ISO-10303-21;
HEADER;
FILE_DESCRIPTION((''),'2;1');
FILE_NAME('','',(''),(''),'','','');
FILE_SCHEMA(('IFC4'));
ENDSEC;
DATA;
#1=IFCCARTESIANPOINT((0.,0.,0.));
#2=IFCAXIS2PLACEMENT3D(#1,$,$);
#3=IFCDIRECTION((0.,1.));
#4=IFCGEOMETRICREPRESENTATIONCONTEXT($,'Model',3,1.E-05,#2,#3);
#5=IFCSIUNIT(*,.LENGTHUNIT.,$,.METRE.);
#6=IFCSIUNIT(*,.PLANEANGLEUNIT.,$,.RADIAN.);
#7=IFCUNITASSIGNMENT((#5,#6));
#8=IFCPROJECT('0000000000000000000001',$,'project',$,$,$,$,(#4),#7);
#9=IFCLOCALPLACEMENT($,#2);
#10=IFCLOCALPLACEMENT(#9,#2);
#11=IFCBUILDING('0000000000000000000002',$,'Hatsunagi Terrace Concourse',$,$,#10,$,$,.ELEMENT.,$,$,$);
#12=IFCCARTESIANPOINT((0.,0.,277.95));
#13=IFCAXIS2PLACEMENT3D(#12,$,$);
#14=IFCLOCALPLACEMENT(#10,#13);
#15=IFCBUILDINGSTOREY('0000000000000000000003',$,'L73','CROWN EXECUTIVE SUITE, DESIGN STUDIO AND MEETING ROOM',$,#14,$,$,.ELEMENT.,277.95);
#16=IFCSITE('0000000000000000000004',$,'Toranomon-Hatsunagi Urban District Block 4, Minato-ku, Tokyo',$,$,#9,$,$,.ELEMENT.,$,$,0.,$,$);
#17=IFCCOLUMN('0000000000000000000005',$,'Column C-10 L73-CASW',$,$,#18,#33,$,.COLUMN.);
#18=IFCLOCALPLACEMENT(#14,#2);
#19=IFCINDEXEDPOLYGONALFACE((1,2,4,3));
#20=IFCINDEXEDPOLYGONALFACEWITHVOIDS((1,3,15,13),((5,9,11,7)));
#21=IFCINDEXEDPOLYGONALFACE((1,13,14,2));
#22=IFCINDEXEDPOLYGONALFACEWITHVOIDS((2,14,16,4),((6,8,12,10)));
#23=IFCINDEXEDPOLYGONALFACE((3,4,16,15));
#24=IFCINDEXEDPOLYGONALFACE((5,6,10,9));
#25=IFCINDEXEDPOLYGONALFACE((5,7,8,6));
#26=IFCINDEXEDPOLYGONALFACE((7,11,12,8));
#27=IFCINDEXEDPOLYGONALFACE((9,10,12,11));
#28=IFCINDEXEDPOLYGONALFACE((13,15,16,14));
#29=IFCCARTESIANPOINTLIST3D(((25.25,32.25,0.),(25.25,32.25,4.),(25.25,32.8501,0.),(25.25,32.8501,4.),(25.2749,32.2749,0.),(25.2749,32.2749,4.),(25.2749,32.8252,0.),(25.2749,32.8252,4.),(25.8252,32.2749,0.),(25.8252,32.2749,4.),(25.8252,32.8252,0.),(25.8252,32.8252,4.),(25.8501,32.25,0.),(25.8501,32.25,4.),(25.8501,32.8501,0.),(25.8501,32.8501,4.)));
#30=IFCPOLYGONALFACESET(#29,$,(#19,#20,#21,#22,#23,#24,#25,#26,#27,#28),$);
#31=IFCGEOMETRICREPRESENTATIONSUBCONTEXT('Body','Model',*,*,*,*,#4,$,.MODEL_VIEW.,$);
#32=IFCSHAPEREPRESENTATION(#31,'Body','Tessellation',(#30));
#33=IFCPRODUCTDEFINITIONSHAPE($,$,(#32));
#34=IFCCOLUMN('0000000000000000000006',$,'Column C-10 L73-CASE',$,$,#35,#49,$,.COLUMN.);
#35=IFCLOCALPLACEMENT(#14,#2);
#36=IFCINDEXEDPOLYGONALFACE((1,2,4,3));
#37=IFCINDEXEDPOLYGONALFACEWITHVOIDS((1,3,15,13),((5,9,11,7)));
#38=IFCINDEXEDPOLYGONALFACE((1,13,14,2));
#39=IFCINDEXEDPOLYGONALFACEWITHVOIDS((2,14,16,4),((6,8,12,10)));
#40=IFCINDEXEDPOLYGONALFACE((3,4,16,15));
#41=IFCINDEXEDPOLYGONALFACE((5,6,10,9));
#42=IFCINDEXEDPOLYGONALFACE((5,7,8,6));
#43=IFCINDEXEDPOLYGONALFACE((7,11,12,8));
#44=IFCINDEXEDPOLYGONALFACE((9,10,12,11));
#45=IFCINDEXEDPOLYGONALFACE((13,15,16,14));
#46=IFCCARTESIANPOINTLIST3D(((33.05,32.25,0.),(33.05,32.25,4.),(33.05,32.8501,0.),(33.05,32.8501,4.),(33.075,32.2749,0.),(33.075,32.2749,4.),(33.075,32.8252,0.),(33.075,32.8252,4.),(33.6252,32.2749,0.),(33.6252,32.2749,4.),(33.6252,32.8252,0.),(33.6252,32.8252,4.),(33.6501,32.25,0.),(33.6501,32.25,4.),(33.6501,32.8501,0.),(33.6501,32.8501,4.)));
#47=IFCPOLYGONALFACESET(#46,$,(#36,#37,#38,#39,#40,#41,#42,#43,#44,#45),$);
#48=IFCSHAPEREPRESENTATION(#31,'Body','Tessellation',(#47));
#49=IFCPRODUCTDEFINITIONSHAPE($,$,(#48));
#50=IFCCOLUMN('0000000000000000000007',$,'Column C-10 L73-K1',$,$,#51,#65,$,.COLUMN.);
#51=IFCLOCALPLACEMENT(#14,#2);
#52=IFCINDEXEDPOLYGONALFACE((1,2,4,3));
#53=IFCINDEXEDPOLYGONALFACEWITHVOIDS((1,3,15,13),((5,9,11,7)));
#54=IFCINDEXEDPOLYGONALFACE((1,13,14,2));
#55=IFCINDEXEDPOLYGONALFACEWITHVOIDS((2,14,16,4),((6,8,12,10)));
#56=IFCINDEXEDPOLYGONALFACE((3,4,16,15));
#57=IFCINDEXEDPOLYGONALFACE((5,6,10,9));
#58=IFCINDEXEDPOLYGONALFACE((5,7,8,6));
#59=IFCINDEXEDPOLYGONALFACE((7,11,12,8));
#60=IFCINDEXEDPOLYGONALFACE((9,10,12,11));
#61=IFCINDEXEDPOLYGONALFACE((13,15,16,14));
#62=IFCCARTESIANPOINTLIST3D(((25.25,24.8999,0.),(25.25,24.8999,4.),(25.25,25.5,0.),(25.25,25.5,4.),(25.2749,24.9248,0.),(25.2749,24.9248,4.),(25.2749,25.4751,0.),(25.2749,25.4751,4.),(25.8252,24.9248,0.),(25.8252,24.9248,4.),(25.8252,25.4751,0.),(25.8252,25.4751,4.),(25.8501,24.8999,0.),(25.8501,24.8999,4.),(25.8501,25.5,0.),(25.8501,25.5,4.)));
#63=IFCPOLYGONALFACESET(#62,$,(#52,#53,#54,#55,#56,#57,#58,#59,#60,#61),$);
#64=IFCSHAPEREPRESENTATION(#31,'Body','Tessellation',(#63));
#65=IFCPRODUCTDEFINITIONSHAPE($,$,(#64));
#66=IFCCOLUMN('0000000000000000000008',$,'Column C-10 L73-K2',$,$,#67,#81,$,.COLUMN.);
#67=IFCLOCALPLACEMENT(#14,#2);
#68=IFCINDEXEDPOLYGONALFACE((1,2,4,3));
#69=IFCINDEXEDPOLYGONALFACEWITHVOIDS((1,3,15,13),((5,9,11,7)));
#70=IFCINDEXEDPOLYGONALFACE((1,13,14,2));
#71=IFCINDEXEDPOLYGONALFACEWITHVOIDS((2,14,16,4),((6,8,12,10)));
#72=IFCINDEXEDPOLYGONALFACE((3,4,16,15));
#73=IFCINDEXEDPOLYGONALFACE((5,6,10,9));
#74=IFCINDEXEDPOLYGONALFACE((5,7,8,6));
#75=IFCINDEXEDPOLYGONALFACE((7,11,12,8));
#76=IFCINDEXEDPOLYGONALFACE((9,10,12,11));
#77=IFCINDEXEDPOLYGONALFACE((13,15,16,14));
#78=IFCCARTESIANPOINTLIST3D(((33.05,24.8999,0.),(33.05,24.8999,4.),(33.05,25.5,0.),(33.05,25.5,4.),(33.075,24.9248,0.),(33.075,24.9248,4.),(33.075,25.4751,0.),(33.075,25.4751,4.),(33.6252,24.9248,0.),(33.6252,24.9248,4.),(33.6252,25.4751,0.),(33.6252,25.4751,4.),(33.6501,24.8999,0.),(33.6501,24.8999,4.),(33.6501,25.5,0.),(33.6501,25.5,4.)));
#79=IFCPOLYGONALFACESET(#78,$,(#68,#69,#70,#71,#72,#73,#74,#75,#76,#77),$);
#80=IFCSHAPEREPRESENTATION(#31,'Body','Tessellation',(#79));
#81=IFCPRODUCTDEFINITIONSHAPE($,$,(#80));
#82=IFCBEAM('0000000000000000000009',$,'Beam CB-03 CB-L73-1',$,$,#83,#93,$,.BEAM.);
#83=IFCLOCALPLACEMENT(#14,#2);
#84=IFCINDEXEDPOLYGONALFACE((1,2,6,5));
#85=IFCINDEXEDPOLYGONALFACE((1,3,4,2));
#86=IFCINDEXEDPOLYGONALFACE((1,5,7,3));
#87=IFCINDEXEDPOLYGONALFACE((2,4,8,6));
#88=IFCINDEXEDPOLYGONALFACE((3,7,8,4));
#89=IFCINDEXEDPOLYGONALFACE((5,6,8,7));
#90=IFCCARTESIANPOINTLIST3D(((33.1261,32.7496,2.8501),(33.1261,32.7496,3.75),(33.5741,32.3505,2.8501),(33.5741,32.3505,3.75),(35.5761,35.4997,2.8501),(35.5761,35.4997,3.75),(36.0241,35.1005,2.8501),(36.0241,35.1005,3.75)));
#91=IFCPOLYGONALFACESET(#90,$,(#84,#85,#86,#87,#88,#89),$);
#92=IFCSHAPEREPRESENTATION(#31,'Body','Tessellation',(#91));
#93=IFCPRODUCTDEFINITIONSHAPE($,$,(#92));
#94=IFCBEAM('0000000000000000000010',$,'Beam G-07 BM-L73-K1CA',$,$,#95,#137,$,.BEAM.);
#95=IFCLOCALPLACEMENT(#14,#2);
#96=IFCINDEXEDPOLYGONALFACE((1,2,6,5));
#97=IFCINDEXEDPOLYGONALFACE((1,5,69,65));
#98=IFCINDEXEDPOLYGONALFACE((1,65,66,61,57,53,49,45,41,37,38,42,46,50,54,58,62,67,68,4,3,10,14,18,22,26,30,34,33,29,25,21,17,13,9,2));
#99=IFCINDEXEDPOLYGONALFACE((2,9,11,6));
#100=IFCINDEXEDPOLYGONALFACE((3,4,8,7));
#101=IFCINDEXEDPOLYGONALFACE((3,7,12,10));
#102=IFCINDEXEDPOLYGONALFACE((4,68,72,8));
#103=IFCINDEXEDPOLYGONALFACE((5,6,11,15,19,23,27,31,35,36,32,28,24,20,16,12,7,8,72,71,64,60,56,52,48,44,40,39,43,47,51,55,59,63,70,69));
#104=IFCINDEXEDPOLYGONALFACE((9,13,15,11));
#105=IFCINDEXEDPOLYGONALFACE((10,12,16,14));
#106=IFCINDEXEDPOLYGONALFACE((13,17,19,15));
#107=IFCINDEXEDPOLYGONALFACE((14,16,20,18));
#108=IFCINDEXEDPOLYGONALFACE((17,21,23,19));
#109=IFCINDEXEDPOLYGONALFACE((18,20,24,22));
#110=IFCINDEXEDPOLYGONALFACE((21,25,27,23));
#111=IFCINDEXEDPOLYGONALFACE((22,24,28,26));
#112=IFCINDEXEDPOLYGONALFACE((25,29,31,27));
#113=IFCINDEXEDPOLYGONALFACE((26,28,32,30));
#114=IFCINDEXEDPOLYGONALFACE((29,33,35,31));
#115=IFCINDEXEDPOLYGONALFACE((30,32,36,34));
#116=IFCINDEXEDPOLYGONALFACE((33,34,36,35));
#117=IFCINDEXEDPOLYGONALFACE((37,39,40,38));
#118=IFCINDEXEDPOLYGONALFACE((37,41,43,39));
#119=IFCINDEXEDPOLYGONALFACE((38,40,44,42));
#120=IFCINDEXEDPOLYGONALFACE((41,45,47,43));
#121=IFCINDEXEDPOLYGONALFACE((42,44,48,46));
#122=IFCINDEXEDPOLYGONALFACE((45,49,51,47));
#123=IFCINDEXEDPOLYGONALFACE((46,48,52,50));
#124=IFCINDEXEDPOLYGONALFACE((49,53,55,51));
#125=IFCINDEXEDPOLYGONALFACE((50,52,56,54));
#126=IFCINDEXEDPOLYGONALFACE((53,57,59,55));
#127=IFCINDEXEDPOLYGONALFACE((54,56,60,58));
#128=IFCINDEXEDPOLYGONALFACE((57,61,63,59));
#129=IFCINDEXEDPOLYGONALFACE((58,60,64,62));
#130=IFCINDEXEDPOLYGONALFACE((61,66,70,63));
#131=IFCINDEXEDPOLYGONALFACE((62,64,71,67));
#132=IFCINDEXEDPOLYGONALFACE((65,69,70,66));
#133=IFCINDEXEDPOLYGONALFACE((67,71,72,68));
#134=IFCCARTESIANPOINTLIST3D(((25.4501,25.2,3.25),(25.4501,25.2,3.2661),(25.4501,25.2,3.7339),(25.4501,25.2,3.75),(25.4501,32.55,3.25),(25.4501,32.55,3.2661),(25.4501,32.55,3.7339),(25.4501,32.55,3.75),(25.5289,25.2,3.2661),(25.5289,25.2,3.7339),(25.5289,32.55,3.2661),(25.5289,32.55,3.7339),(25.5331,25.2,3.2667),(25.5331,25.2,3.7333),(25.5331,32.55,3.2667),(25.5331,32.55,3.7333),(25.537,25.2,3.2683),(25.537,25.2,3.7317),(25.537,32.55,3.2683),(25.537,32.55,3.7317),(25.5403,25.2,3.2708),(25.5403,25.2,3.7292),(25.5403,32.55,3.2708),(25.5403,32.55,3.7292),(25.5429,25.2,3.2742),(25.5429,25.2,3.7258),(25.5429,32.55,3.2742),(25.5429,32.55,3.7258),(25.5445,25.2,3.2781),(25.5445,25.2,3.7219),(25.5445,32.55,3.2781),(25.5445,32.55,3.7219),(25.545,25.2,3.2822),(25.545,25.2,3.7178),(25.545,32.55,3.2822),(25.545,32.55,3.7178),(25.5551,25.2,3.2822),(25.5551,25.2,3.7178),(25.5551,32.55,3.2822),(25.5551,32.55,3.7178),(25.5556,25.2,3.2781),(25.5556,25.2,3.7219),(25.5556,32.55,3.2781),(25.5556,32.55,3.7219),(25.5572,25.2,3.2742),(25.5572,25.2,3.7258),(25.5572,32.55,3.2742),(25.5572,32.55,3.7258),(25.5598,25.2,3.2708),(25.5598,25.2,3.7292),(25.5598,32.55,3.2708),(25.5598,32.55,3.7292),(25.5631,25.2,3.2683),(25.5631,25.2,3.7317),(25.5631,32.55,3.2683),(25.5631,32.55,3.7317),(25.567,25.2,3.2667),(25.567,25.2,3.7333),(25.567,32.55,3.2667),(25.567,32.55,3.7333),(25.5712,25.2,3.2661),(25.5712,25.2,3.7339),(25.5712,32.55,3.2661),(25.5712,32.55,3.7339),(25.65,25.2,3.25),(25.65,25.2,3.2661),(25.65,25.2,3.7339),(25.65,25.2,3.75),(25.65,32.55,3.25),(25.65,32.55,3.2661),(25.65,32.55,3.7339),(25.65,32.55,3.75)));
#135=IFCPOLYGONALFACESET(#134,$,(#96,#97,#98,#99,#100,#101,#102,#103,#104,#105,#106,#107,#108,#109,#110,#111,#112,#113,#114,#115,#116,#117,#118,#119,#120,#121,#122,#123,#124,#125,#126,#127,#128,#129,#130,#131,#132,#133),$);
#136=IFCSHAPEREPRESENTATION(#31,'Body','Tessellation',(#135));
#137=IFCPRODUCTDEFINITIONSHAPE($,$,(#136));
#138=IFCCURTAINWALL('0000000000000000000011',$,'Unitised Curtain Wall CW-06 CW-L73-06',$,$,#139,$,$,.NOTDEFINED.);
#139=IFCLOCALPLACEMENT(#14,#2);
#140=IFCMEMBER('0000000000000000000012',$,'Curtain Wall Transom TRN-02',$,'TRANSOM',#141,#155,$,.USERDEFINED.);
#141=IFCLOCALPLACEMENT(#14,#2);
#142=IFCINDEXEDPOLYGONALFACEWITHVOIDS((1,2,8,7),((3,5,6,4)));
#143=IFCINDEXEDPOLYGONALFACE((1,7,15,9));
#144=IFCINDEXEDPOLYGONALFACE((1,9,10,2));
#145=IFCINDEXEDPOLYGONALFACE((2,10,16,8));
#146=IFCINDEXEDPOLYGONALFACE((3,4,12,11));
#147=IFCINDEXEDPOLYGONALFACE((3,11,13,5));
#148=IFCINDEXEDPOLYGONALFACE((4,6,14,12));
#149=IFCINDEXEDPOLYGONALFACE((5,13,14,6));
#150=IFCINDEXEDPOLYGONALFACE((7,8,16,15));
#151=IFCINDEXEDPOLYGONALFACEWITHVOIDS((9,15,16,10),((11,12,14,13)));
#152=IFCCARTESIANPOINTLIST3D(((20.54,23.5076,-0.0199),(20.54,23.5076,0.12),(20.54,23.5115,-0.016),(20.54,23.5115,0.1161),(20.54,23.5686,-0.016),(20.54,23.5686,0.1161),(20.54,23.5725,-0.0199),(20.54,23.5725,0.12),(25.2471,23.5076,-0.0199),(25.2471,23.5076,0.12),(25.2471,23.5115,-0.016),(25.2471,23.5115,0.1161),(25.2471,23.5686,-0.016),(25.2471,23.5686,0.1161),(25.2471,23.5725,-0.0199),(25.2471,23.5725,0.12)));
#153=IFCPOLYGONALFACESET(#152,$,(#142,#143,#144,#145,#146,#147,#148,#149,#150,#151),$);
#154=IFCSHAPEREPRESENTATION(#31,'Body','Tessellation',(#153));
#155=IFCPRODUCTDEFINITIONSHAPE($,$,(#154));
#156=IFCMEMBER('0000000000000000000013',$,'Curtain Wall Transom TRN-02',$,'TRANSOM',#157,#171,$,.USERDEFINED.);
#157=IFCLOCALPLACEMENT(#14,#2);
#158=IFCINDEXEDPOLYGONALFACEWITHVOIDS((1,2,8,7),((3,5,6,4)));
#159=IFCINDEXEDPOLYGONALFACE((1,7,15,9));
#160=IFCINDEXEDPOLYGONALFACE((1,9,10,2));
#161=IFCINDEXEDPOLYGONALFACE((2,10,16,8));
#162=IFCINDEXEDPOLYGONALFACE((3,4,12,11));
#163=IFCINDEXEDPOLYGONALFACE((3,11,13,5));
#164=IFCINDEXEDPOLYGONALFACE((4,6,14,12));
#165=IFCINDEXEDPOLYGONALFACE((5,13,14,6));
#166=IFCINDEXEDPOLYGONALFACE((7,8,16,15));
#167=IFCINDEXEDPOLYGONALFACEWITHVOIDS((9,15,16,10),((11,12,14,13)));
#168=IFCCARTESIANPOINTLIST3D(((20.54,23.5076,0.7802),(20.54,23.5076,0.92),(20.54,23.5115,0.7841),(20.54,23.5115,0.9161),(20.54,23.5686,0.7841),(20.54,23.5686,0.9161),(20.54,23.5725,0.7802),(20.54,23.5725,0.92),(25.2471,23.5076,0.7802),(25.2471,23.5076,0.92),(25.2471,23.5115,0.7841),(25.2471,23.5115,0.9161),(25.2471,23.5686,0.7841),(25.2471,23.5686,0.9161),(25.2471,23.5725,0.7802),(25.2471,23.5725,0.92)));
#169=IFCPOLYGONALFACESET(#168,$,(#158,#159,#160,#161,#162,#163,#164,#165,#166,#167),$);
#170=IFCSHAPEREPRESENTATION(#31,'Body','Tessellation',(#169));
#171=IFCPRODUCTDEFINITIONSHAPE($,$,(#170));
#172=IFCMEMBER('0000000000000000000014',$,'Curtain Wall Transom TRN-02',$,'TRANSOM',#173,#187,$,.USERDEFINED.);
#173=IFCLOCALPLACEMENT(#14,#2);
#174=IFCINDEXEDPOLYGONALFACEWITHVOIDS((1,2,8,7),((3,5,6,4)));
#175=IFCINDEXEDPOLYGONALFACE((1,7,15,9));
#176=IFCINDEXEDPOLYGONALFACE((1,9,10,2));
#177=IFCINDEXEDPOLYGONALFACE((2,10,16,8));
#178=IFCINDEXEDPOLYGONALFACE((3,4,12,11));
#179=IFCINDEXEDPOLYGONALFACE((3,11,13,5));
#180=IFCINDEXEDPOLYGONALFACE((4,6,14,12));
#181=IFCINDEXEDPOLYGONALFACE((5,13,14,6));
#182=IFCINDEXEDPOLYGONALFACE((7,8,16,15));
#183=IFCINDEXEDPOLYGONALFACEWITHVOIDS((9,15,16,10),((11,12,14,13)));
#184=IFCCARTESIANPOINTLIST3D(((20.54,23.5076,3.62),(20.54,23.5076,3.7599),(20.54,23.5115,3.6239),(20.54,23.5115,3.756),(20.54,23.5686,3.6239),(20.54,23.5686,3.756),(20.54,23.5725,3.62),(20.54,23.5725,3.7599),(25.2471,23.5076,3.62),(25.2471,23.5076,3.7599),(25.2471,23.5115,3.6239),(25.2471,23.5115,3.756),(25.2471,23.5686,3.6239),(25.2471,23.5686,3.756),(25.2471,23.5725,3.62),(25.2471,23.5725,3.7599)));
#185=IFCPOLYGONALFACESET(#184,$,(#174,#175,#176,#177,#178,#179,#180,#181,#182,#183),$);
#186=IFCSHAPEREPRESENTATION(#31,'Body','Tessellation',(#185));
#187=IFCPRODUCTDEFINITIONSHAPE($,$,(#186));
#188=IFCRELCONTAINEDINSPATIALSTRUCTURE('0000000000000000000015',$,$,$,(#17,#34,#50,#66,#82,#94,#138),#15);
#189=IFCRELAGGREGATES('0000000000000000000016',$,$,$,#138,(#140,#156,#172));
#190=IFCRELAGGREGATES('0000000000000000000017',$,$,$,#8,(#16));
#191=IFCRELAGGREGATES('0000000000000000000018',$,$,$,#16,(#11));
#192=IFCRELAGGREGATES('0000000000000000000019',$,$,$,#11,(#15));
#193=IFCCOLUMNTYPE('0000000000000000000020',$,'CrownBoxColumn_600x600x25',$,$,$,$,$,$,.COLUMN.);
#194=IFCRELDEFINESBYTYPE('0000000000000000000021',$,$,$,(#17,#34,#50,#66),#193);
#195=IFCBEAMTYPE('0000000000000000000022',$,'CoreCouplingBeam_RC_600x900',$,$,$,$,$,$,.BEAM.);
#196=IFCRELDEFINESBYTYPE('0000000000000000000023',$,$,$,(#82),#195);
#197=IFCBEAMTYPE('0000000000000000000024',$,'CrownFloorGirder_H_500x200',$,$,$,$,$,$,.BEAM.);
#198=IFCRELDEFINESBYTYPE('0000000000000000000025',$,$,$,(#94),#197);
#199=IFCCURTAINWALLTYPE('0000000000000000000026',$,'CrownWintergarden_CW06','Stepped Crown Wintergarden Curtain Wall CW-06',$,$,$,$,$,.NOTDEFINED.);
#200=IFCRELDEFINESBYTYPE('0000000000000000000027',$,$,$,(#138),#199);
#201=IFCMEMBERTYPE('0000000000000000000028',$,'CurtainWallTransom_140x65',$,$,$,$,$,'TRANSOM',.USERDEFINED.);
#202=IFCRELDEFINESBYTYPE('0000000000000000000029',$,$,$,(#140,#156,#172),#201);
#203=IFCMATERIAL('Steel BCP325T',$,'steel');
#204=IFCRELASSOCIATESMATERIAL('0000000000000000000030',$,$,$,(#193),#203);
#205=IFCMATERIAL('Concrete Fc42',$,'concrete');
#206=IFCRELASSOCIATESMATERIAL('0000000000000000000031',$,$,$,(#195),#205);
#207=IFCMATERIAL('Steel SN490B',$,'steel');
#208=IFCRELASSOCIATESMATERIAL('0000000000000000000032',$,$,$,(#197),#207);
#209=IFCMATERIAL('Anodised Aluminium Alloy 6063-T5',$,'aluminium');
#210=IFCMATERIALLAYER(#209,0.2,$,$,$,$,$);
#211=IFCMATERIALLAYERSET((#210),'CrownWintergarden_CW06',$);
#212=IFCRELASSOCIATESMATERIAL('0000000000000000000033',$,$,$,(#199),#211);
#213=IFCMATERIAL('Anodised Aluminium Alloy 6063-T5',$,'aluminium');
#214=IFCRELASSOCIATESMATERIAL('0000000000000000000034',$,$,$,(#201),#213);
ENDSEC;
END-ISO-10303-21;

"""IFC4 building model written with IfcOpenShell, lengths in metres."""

from ifc_helpers import new_model, si_unit, direction, frame, origin, origin_2d, place, context, subcontext, project, spatial, rectangle, hollow_rectangle, i_section, extrude, material, layer, layer_set, material_profile, profile_set, type_object, element, aggregate, save


model = new_model("IFC4")

# Units and contexts
model_context = context("Model", 3, precision=1e-05, world=origin(), true_north=direction((0.0, 1.0)))
body_context = subcontext(model_context, "Body", "Model", "MODEL_VIEW")
ifc_project = project(units=[si_unit("LENGTHUNIT", "METRE"), si_unit("PLANEANGLEUNIT", "RADIAN")], contexts=[model_context])

# Site, building, storey
site_placement = place(None, origin())
site = spatial("IfcSite", under=ifc_project, at=site_placement, Name="Toranomon-Hatsunagi Urban District Block 4, Minato-ku, Tokyo", CompositionType="ELEMENT", RefElevation=0.0)
building_placement = place(site_placement, origin())
building = spatial("IfcBuilding", under=site, at=building_placement, Name="Hatsunagi Terrace Concourse", CompositionType="ELEMENT")
storey_placement = place(building_placement, frame((0.0, 0.0, 277.95)))
storey = spatial("IfcBuildingStorey", under=building, at=storey_placement, Name="L73", Description="CROWN EXECUTIVE SUITE, DESIGN STUDIO AND MEETING ROOM", CompositionType="ELEMENT", Elevation=277.95)

# Columns
ifc_material_1 = material(Name="Steel BCP325T", Category="steel")
ifc_material_profile_1 = material_profile(ifc_material_1, hollow_rectangle(XDim=0.6001, YDim=0.6001, WallThickness=0.0249, at=origin_2d()), Name="BCP-600x600x25")
ifc_profile_set_1 = profile_set([ifc_material_profile_1], Name="Steel BCP325T")
column_type = type_object("IfcColumnType", Name="CrownBoxColumn_600x600x25", PredefinedType="COLUMN", material=ifc_profile_set_1)
for number, where, z_axis, x_axis, name in (
    (1, (25.55, 32.55, 0.0), (0.0, 0.0, 1.0), (1.0, 0.0, 0.0), "Column C-10 L73-CASW"),
    (2, (33.3501, 32.55, 0.0), (0.0, 0.0, 1.0), (1.0, 0.0, 0.0), "Column C-10 L73-CASE"),
    (3, (25.55, 25.2, 0.0), (0.0, 0.0, 1.0), (1.0, 0.0, 0.0), "Column C-10 L73-K1"),
    (4, (33.3501, 25.2, 0.0), (0.0, 0.0, 1.0), (1.0, 0.0, 0.0), "Column C-10 L73-K2"),
):
    element("IfcColumn", number, at=place(storey_placement, frame(where, z_axis=z_axis, x_axis=x_axis)), inside=storey, type_object=column_type, Name=name, PredefinedType="COLUMN", context=body_context, shape_type="SweptSolid", body=[
        extrude(hollow_rectangle(XDim=0.6001, YDim=0.6001, WallThickness=0.0249, at=origin_2d()), origin(), (0.0, 0.0, 1.0), 4.0),
    ])

# Beams
ifc_material_2 = material(Name="Concrete Fc42", Category="concrete")
ifc_material_profile_2 = material_profile(ifc_material_2, rectangle(XDim=0.6001, YDim=0.8999, at=origin_2d()), Name="RC-600x900")
ifc_profile_set_2 = profile_set([ifc_material_profile_2], Name="Concrete Fc42")
beam_type_1 = type_object("IfcBeamType", Name="CoreCouplingBeam_RC_600x900", PredefinedType="BEAM", material=ifc_profile_set_2)
beam_1_placement = place(storey_placement, frame((33.3501, 32.55, 3.3), z_axis=(0.665199, 0.746666, 0.0), x_axis=(-0.746666, 0.665199, 0.0)))
element("IfcBeam", 5, at=beam_1_placement, inside=storey, type_object=beam_type_1, Name="Beam CB-03 CB-L73-1", PredefinedType="BEAM", context=body_context, shape_type="SweptSolid", body=[
    extrude(rectangle(XDim=0.6001, YDim=0.8999, at=origin_2d()), origin(), (0.0, 0.0, 1.0), 3.6831),
])
ifc_material_3 = material(Name="Steel SN490B", Category="steel")
ifc_material_profile_3 = material_profile(ifc_material_3, i_section(OverallWidth=0.2, OverallDepth=0.5, WebThickness=0.01, FlangeThickness=0.0161, FilletRadius=0.0161, at=origin_2d()), Name="H-500x200x10x16")
ifc_profile_set_3 = profile_set([ifc_material_profile_3], Name="Steel SN490B")
beam_type_2 = type_object("IfcBeamType", Name="CrownFloorGirder_H_500x200", PredefinedType="BEAM", material=ifc_profile_set_3)
beam_2_placement = place(storey_placement, frame((25.55, 25.2, 3.5), z_axis=(0.0, 1.0, 0.0), x_axis=(-1.0, 0.0, 0.0)))
element("IfcBeam", 6, at=beam_2_placement, inside=storey, type_object=beam_type_2, Name="Beam G-07 BM-L73-K1CA", PredefinedType="BEAM", context=body_context, shape_type="SweptSolid", body=[
    extrude(i_section(OverallWidth=0.2, OverallDepth=0.5, WebThickness=0.01, FlangeThickness=0.0161, FilletRadius=0.0161, at=origin_2d()), origin(), (0.0, 0.0, 1.0), 7.3501),
])

# Curtain wall, members
ifc_material_4 = material(Name="Anodised Aluminium Alloy 6063-T5", Category="aluminium")
ifc_layer_1 = layer(ifc_material_4, 0.2)
ifc_layer_set_1 = layer_set([ifc_layer_1], Name="CrownWintergarden_CW06")
curtain_wall_type = type_object("IfcCurtainWallType", Name="CrownWintergarden_CW06", Description="Stepped Crown Wintergarden Curtain Wall CW-06", PredefinedType="NOTDEFINED", material=ifc_layer_set_1)
curtain_wall_placement = place(storey_placement, origin())
curtain_wall = element("IfcCurtainWall", 7, at=curtain_wall_placement, inside=storey, type_object=curtain_wall_type, Name="Unitised Curtain Wall CW-06 CW-L73-06", PredefinedType="NOTDEFINED")
ifc_material_5 = material(Name="Anodised Aluminium Alloy 6063-T5", Category="aluminium")
ifc_material_profile_4 = material_profile(ifc_material_5, hollow_rectangle(XDim=0.0649, YDim=0.1399, WallThickness=0.0039, at=origin_2d()), Name="ALU-TRN-140x65x4")
ifc_profile_set_4 = profile_set([ifc_material_profile_4], Name="Anodised Aluminium Alloy 6063-T5")
member_type = type_object("IfcMemberType", Name="CurtainWallTransom_140x65", ElementType="TRANSOM", PredefinedType="USERDEFINED", material=ifc_profile_set_4)
member_1_placement = place(storey_placement, frame((25.2471, 23.54, 0.05), z_axis=(-1.0, 0.0, 0.0), x_axis=(0.0, -1.0, 0.0)))
member_1 = element("IfcMember", 8, at=member_1_placement, type_object=member_type, Name="Curtain Wall Transom TRN-02", ObjectType="TRANSOM", PredefinedType="USERDEFINED", context=body_context, shape_type="SweptSolid", body=[
    extrude(hollow_rectangle(XDim=0.0649, YDim=0.1399, WallThickness=0.0039, at=origin_2d()), origin(), (0.0, 0.0, 1.0), 4.707),
])
member_2_placement = place(storey_placement, frame((25.2471, 23.54, 0.8501), z_axis=(-1.0, 0.0, 0.0), x_axis=(0.0, -1.0, 0.0)))
member_2 = element("IfcMember", 9, at=member_2_placement, type_object=member_type, Name="Curtain Wall Transom TRN-02", ObjectType="TRANSOM", PredefinedType="USERDEFINED", context=body_context, shape_type="SweptSolid", body=[
    extrude(hollow_rectangle(XDim=0.0649, YDim=0.1399, WallThickness=0.0039, at=origin_2d()), origin(), (0.0, 0.0, 1.0), 4.707),
])
member_3_placement = place(storey_placement, frame((25.2471, 23.54, 3.6899), z_axis=(-1.0, 0.0, 0.0), x_axis=(0.0, -1.0, 0.0)))
member_3 = element("IfcMember", 10, at=member_3_placement, type_object=member_type, Name="Curtain Wall Transom TRN-02", ObjectType="TRANSOM", PredefinedType="USERDEFINED", context=body_context, shape_type="SweptSolid", body=[
    extrude(hollow_rectangle(XDim=0.0649, YDim=0.1399, WallThickness=0.0039, at=origin_2d()), origin(), (0.0, 0.0, 1.0), 4.707),
])
aggregate(curtain_wall, [member_1, member_2, member_3])

save(model, "model.ifc")
